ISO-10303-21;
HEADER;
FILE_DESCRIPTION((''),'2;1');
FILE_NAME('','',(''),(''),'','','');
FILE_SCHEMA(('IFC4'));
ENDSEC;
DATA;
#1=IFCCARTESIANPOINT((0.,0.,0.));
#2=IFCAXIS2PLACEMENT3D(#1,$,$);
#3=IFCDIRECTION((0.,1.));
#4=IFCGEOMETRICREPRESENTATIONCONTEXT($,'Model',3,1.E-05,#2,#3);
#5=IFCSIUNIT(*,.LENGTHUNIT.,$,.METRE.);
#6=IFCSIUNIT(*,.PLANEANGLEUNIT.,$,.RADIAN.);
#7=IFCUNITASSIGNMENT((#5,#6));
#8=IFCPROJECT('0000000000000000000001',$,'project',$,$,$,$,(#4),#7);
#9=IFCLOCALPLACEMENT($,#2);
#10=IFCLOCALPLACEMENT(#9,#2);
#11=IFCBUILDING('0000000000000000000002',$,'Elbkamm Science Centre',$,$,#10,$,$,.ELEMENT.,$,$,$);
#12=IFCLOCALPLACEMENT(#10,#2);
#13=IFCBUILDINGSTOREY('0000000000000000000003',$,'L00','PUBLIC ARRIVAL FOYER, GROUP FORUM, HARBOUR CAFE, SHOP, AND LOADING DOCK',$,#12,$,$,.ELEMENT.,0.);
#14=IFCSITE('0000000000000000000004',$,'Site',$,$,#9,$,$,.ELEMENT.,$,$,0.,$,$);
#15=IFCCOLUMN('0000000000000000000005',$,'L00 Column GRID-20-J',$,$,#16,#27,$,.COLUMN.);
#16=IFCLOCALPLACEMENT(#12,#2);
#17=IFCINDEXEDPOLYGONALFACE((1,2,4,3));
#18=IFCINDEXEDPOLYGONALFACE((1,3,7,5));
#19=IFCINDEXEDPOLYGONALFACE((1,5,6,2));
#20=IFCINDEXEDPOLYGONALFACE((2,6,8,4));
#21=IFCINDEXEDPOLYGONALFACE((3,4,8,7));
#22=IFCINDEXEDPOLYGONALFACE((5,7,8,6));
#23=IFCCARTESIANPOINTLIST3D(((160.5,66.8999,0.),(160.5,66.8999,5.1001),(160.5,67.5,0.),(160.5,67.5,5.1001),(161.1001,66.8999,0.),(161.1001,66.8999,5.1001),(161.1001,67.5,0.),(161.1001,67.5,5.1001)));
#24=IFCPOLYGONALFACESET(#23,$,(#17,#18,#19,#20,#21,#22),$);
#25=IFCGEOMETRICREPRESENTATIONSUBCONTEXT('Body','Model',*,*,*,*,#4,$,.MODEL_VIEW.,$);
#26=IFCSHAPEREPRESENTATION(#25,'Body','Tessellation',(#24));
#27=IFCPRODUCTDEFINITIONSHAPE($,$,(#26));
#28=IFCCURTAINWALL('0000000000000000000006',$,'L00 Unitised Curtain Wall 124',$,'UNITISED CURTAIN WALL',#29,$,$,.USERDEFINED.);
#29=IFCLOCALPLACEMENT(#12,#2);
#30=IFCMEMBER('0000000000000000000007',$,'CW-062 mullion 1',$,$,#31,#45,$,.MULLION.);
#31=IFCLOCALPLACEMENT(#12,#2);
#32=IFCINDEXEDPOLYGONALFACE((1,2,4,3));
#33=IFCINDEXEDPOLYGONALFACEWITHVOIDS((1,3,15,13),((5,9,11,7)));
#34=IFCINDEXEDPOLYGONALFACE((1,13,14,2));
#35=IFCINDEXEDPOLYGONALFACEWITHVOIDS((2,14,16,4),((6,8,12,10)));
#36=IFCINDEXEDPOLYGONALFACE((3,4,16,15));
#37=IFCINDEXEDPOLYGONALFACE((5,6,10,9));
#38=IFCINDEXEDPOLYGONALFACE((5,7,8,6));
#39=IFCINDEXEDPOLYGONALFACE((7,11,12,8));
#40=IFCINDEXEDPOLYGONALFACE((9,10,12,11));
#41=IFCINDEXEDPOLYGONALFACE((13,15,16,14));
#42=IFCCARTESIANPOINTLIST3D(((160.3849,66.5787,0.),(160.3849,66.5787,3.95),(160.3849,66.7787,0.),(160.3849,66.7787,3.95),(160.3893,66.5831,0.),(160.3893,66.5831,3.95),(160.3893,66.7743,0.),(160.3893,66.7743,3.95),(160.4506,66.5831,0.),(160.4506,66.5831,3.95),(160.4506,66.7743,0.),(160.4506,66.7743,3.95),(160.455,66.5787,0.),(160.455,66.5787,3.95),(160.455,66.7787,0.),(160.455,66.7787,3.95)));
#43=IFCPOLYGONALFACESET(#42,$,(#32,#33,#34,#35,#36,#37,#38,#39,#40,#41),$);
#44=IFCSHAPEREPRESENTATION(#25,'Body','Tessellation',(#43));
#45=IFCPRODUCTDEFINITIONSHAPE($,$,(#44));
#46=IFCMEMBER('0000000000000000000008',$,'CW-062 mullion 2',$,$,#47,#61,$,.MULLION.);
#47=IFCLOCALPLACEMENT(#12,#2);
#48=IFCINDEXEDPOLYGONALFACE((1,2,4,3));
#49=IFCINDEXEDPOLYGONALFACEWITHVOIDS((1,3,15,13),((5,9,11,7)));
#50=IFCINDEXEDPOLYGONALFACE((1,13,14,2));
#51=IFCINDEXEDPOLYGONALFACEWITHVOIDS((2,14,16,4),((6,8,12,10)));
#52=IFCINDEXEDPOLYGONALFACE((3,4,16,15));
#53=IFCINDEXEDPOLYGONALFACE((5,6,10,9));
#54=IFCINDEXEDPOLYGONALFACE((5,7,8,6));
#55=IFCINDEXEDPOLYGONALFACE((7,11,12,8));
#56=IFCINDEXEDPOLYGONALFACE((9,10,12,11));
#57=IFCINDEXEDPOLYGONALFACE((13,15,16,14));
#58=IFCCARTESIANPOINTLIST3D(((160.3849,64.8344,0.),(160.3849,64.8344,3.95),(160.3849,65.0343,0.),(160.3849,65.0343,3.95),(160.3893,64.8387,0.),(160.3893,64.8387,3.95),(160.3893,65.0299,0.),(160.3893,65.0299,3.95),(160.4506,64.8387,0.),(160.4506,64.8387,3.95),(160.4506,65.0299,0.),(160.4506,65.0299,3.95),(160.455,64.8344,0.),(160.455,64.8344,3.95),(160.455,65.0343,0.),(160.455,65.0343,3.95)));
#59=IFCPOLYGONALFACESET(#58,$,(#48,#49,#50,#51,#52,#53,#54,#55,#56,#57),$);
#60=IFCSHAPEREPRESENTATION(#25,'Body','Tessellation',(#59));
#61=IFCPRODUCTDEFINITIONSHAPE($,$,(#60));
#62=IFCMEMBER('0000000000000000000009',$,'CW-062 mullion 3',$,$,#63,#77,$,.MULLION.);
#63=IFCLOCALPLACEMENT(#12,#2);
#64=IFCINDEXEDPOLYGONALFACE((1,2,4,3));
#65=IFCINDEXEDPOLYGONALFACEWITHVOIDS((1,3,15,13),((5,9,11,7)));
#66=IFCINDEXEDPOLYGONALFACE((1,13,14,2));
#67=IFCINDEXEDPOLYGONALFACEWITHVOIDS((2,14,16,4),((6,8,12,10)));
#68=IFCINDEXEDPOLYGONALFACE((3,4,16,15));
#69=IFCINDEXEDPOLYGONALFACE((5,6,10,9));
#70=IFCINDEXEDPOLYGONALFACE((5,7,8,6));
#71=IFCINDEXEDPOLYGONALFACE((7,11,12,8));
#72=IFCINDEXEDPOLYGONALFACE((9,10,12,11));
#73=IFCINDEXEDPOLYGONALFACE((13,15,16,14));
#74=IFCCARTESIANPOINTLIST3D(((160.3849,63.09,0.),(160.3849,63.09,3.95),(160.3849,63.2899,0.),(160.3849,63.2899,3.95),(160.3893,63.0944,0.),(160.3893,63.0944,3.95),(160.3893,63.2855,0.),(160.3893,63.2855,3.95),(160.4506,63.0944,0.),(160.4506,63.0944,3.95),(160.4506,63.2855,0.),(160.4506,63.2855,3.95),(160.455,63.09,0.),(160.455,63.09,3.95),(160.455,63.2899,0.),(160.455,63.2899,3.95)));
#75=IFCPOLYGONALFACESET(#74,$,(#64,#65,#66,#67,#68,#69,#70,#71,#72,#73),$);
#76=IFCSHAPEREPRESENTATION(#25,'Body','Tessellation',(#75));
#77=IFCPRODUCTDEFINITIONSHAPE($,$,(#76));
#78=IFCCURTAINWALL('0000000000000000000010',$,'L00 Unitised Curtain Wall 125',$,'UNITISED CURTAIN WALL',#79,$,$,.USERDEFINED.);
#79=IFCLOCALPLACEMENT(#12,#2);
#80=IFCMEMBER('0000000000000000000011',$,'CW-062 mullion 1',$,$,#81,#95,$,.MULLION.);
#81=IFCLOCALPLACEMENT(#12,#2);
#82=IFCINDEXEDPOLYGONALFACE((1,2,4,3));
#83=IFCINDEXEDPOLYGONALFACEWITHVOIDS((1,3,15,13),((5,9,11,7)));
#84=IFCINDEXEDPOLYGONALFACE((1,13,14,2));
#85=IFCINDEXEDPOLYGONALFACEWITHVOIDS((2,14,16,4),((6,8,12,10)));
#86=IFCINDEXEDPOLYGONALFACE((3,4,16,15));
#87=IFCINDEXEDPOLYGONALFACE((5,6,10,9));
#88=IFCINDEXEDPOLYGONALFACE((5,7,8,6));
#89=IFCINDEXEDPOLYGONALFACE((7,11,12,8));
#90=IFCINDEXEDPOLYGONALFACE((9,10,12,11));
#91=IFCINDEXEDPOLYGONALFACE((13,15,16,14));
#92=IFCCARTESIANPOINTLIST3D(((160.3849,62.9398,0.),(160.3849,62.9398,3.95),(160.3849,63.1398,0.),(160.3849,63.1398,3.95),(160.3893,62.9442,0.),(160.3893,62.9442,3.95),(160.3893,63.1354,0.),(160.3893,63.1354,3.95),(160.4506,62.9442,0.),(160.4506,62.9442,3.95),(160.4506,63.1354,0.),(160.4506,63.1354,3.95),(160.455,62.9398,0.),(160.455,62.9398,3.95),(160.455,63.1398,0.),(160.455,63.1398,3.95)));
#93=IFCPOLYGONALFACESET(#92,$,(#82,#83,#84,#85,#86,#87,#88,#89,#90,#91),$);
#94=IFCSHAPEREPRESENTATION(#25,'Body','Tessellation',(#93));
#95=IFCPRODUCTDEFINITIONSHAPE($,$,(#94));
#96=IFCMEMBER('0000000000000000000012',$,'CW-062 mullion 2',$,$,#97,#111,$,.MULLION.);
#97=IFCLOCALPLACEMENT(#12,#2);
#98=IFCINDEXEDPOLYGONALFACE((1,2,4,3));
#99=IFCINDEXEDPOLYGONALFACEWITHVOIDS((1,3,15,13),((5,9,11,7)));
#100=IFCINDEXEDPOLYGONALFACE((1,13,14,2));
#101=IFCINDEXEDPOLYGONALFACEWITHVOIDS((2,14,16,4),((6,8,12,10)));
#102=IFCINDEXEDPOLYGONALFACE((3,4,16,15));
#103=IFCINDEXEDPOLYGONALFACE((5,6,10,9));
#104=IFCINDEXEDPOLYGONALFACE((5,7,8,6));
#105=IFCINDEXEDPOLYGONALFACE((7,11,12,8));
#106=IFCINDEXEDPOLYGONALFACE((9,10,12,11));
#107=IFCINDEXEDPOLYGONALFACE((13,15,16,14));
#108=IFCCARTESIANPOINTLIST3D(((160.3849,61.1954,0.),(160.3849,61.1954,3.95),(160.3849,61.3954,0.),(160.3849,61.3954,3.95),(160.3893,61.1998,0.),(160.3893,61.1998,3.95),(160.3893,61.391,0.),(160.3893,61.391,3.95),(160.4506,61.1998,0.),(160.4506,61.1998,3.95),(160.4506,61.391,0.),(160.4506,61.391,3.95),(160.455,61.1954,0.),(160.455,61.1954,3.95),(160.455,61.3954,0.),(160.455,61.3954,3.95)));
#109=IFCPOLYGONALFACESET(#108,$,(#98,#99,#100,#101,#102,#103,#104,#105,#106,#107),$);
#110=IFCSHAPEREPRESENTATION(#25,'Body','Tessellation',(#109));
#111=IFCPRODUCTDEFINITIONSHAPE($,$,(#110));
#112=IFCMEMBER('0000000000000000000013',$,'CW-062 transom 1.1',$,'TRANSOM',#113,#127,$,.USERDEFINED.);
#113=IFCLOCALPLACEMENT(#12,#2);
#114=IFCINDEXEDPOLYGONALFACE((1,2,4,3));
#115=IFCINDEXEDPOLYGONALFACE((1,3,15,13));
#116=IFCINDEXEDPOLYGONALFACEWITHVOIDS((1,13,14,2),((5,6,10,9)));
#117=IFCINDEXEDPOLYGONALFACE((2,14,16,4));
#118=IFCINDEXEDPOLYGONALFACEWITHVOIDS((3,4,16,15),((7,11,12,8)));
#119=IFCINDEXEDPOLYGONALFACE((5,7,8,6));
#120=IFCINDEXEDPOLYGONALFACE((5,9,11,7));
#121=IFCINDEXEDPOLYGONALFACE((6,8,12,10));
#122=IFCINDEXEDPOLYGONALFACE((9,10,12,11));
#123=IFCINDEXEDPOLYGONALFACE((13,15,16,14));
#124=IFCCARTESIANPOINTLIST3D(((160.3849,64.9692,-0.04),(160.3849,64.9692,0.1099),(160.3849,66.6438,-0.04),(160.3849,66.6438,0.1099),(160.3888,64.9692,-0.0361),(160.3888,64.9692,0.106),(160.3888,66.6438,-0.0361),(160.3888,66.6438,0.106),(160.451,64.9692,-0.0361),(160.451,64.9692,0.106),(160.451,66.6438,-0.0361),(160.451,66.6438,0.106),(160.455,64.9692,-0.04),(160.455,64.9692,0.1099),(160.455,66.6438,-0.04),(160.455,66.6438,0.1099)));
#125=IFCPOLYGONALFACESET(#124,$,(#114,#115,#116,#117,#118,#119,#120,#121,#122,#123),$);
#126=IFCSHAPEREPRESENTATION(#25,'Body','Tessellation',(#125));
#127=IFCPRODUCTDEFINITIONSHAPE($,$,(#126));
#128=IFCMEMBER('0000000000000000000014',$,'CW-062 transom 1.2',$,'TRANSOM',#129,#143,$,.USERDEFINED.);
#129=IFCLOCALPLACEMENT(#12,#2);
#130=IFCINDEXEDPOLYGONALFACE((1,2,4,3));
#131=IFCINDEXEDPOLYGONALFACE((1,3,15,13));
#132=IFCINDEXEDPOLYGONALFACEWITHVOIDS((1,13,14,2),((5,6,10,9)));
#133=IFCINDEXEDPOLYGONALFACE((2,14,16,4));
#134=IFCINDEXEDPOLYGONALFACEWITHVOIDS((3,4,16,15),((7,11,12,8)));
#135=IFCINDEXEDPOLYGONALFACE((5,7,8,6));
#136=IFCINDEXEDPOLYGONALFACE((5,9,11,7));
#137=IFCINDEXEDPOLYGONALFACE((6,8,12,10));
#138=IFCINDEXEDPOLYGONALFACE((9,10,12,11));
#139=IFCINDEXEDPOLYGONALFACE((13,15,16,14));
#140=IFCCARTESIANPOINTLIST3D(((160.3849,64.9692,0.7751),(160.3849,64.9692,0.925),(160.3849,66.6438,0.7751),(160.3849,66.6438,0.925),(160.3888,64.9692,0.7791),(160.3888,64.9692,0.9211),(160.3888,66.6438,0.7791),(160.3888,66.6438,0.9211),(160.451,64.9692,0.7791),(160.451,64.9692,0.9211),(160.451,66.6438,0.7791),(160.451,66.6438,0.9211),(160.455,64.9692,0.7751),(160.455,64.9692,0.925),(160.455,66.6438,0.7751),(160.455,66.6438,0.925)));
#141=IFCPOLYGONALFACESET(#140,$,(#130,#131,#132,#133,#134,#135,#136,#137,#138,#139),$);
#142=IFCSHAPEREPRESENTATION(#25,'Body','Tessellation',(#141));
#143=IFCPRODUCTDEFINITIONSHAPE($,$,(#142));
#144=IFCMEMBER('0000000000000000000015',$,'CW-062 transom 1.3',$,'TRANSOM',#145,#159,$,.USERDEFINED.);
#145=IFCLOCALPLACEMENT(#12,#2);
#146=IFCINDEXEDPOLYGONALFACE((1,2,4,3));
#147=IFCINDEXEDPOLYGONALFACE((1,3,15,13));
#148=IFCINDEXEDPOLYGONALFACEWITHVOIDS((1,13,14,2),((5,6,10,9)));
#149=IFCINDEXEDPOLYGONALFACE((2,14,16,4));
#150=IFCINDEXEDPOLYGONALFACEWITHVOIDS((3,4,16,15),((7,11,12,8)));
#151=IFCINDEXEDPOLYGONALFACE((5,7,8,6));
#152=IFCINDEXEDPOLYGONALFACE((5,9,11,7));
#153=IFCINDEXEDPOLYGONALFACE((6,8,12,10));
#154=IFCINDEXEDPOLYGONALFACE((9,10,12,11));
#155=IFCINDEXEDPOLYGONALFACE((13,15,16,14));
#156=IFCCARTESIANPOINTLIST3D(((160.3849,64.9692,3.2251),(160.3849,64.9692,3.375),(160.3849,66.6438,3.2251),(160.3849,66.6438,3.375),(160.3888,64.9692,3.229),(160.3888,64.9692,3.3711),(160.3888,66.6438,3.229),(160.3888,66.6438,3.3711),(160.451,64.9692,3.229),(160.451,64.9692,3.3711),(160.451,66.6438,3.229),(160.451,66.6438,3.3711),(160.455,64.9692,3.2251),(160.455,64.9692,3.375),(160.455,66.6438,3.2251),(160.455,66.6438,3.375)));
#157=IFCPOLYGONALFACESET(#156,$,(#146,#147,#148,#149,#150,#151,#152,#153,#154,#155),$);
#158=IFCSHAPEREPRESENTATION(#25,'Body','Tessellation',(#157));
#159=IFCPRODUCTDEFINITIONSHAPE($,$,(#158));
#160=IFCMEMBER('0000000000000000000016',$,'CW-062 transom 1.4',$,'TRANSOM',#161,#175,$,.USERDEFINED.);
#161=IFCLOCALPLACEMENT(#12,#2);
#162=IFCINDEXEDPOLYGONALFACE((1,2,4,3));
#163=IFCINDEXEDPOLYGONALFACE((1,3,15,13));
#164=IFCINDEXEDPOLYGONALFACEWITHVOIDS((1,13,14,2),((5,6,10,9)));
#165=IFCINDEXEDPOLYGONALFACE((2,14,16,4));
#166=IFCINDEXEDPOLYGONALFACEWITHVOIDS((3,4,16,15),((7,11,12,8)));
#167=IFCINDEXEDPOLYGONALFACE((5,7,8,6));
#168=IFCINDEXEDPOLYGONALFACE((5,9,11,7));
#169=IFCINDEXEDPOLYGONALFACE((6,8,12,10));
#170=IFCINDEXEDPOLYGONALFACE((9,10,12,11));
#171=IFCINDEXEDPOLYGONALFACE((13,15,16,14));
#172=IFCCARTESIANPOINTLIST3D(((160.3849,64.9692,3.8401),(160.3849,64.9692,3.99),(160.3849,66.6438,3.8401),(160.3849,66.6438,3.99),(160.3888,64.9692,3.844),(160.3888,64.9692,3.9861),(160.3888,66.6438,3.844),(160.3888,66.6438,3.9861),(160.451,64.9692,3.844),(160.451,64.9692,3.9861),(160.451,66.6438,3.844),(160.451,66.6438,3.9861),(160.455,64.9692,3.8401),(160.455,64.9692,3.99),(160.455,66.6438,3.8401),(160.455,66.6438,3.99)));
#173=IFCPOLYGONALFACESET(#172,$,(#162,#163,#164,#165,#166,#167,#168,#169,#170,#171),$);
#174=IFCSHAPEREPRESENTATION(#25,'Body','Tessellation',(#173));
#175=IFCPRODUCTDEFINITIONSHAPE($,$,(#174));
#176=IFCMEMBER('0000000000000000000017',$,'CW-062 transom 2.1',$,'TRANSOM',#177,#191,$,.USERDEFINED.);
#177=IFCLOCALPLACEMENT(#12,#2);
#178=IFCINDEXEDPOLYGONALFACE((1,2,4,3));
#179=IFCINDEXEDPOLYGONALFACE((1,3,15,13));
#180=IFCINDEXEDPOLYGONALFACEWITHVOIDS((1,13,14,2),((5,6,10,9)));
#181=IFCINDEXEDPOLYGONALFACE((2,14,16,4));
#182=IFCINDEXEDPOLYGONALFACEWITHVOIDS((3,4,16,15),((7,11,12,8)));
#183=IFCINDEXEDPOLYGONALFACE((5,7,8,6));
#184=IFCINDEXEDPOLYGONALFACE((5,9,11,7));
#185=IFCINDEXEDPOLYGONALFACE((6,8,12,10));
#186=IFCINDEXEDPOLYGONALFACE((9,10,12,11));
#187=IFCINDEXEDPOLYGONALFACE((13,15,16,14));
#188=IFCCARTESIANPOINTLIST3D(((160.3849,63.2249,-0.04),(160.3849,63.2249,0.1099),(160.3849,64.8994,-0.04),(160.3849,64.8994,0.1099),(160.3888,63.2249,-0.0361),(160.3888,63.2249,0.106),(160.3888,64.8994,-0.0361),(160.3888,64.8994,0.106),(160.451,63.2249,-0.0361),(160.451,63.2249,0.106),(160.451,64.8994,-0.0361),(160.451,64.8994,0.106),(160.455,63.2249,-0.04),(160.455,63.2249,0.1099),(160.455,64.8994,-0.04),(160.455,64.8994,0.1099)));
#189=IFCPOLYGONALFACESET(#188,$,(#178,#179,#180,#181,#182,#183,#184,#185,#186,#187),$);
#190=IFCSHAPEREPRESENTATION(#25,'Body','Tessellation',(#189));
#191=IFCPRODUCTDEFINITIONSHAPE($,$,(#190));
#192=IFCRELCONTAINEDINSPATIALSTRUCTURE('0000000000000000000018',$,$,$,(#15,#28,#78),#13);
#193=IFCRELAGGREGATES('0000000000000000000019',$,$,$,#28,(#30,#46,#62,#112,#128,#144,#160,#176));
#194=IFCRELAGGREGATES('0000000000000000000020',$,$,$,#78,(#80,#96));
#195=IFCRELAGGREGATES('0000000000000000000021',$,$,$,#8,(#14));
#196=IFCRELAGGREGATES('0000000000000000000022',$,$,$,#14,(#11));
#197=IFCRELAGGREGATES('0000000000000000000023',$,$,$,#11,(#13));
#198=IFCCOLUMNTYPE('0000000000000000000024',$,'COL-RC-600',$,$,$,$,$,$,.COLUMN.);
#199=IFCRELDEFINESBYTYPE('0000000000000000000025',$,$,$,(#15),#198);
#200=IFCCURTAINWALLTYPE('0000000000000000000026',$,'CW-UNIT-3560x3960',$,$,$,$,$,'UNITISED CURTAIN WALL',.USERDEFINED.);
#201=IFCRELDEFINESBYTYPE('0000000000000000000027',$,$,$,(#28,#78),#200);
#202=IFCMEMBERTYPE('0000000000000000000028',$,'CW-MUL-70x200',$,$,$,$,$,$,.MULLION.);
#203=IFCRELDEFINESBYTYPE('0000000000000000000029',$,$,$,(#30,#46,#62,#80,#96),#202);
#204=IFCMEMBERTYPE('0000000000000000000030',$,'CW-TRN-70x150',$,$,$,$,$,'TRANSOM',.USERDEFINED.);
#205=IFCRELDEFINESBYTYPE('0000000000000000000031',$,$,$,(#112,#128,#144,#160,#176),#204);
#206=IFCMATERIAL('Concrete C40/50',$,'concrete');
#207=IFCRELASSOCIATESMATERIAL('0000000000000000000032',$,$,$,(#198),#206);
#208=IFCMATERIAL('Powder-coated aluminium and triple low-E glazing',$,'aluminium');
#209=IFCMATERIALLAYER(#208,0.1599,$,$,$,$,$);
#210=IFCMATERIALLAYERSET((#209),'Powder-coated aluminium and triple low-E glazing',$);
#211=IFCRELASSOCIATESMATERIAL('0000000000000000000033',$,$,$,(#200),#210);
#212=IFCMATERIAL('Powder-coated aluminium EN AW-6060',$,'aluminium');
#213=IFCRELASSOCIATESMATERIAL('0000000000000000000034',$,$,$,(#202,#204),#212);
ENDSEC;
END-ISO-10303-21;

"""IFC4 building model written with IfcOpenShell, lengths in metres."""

from ifc_helpers import new_model, si_unit, direction, frame, origin, origin_2d, place, context, subcontext, project, spatial, rectangle, hollow_rectangle, extrude, material, layer, layer_set, material_profile, profile_set, type_object, element, aggregate, save


model = new_model("IFC4")

# Units and contexts
model_context = context("Model", 3, precision=1e-05, world=origin(), true_north=direction((0.0, 1.0)))
body_context = subcontext(model_context, "Body", "Model", "MODEL_VIEW")
ifc_project = project(units=[si_unit("LENGTHUNIT", "METRE"), si_unit("PLANEANGLEUNIT", "RADIAN")], contexts=[model_context])

# Site, building, storey
site_placement = place(None, origin())
site = spatial("IfcSite", under=ifc_project, at=site_placement, Name="Site", CompositionType="ELEMENT", RefElevation=0.0)
building_placement = place(site_placement, origin())
building = spatial("IfcBuilding", under=site, at=building_placement, Name="Elbkamm Science Centre", CompositionType="ELEMENT")
storey_placement = place(building_placement, origin())
storey = spatial("IfcBuildingStorey", under=building, at=storey_placement, Name="L00", Description="PUBLIC ARRIVAL FOYER, GROUP FORUM, HARBOUR CAFE, SHOP, AND LOADING DOCK", CompositionType="ELEMENT", Elevation=0.0)

# Column
ifc_material_1 = material(Name="Concrete C40/50", Category="concrete")
ifc_material_profile_1 = material_profile(ifc_material_1, rectangle(XDim=0.6001, YDim=0.6001, at=origin_2d()), Name="RC 600x600")
ifc_profile_set_1 = profile_set([ifc_material_profile_1], Name="Concrete C40/50")
column_type = type_object("IfcColumnType", Name="COL-RC-600", PredefinedType="COLUMN", material=ifc_profile_set_1)
column_placement = place(storey_placement, frame((160.8, 67.2, 0.0), z_axis=(0.0, 0.0, 1.0), x_axis=(1.0, 0.0, 0.0)))
element("IfcColumn", 1, at=column_placement, inside=storey, type_object=column_type, Name="L00 Column GRID-20-J", PredefinedType="COLUMN", context=body_context, shape_type="SweptSolid", body=[
    extrude(rectangle(XDim=0.6001, YDim=0.6001, at=origin_2d()), origin(), (0.0, 0.0, 1.0), 5.1001),
])

# Curtain walls, members
ifc_material_2 = material(Name="Powder-coated aluminium and triple low-E glazing", Category="aluminium")
ifc_layer_1 = layer(ifc_material_2, 0.1599)
ifc_layer_set_1 = layer_set([ifc_layer_1], Name="Powder-coated aluminium and triple low-E glazing")
curtain_wall_type = type_object("IfcCurtainWallType", Name="CW-UNIT-3560x3960", ElementType="UNITISED CURTAIN WALL", PredefinedType="USERDEFINED", material=ifc_layer_set_1)
curtain_wall_1_placement = place(storey_placement, origin())
curtain_wall_1 = element("IfcCurtainWall", 2, at=curtain_wall_1_placement, inside=storey, type_object=curtain_wall_type, Name="L00 Unitised Curtain Wall 124", ObjectType="UNITISED CURTAIN WALL", PredefinedType="USERDEFINED")
ifc_material_3 = material(Name="Powder-coated aluminium EN AW-6060", Category="aluminium")
ifc_material_profile_2 = material_profile(ifc_material_3, hollow_rectangle(XDim=0.0701, YDim=0.2, WallThickness=0.0044, at=origin_2d()), Name="ALU M70x200")
ifc_profile_set_2 = profile_set([ifc_material_profile_2], Name="Powder-coated aluminium EN AW-6060")
member_type_1 = type_object("IfcMemberType", Name="CW-MUL-70x200", PredefinedType="MULLION", material=ifc_profile_set_2)
member_1_placement = place(storey_placement, frame((160.4199, 66.6787, 0.0), z_axis=(0.0, 0.0, 1.0), x_axis=(1.0, 0.0, 0.0)))
member_1 = element("IfcMember", 3, at=member_1_placement, type_object=member_type_1, Name="CW-062 mullion 1", PredefinedType="MULLION", context=body_context, shape_type="SweptSolid", body=[
    extrude(hollow_rectangle(XDim=0.0701, YDim=0.2, WallThickness=0.0044, at=origin_2d()), origin(), (0.0, 0.0, 1.0), 3.95),
])
member_2_placement = place(storey_placement, frame((160.4199, 64.9343, 0.0), z_axis=(0.0, 0.0, 1.0), x_axis=(1.0, 0.0, 0.0)))
member_2 = element("IfcMember", 4, at=member_2_placement, type_object=member_type_1, Name="CW-062 mullion 2", PredefinedType="MULLION", context=body_context, shape_type="SweptSolid", body=[
    extrude(hollow_rectangle(XDim=0.0701, YDim=0.2, WallThickness=0.0044, at=origin_2d()), origin(), (0.0, 0.0, 1.0), 3.95),
])
member_3_placement = place(storey_placement, frame((160.4199, 63.1899, 0.0), z_axis=(0.0, 0.0, 1.0), x_axis=(1.0, 0.0, 0.0)))
member_3 = element("IfcMember", 5, at=member_3_placement, type_object=member_type_1, Name="CW-062 mullion 3", PredefinedType="MULLION", context=body_context, shape_type="SweptSolid", body=[
    extrude(hollow_rectangle(XDim=0.0701, YDim=0.2, WallThickness=0.0044, at=origin_2d()), origin(), (0.0, 0.0, 1.0), 3.95),
])
curtain_wall_2_placement = place(storey_placement, origin())
curtain_wall_2 = element("IfcCurtainWall", 6, at=curtain_wall_2_placement, inside=storey, type_object=curtain_wall_type, Name="L00 Unitised Curtain Wall 125", ObjectType="UNITISED CURTAIN WALL", PredefinedType="USERDEFINED")
member_4_placement = place(storey_placement, frame((160.4199, 63.0398, 0.0), z_axis=(0.0, 0.0, 1.0), x_axis=(1.0, 0.0, 0.0)))
member_4 = element("IfcMember", 7, at=member_4_placement, type_object=member_type_1, Name="CW-062 mullion 1", PredefinedType="MULLION", context=body_context, shape_type="SweptSolid", body=[
    extrude(hollow_rectangle(XDim=0.0701, YDim=0.2, WallThickness=0.0044, at=origin_2d()), origin(), (0.0, 0.0, 1.0), 3.95),
])
member_5_placement = place(storey_placement, frame((160.4199, 61.2954, 0.0), z_axis=(0.0, 0.0, 1.0), x_axis=(1.0, 0.0, 0.0)))
member_5 = element("IfcMember", 8, at=member_5_placement, type_object=member_type_1, Name="CW-062 mullion 2", PredefinedType="MULLION", context=body_context, shape_type="SweptSolid", body=[
    extrude(hollow_rectangle(XDim=0.0701, YDim=0.2, WallThickness=0.0044, at=origin_2d()), origin(), (0.0, 0.0, 1.0), 3.95),
])

# Members
ifc_material_profile_3 = material_profile(ifc_material_3, hollow_rectangle(XDim=0.0701, YDim=0.1499, WallThickness=0.0039, at=origin_2d()), Name="ALU T70x150")
ifc_profile_set_3 = profile_set([ifc_material_profile_3], Name="Powder-coated aluminium EN AW-6060")
member_type_2 = type_object("IfcMemberType", Name="CW-TRN-70x150", ElementType="TRANSOM", PredefinedType="USERDEFINED", material=ifc_profile_set_3)
member_6_placement = place(storey_placement, frame((160.4199, 66.6438, 0.0349), z_axis=(0.0, -1.0, 0.0), x_axis=(1.0, 0.0, 0.0)))
member_6 = element("IfcMember", 9, at=member_6_placement, type_object=member_type_2, Name="CW-062 transom 1.1", ObjectType="TRANSOM", PredefinedType="USERDEFINED", context=body_context, shape_type="SweptSolid", body=[
    extrude(hollow_rectangle(XDim=0.0701, YDim=0.1499, WallThickness=0.0039, at=origin_2d()), origin(), (0.0, 0.0, 1.0), 1.6746),
])
member_7_placement = place(storey_placement, frame((160.4199, 66.6438, 0.8501), z_axis=(0.0, -1.0, 0.0), x_axis=(1.0, 0.0, 0.0)))
member_7 = element("IfcMember", 10, at=member_7_placement, type_object=member_type_2, Name="CW-062 transom 1.2", ObjectType="TRANSOM", PredefinedType="USERDEFINED", context=body_context, shape_type="SweptSolid", body=[
    extrude(hollow_rectangle(XDim=0.0701, YDim=0.1499, WallThickness=0.0039, at=origin_2d()), origin(), (0.0, 0.0, 1.0), 1.6746),
])
member_8_placement = place(storey_placement, frame((160.4199, 66.6438, 3.3), z_axis=(0.0, -1.0, 0.0), x_axis=(1.0, 0.0, 0.0)))
member_8 = element("IfcMember", 11, at=member_8_placement, type_object=member_type_2, Name="CW-062 transom 1.3", ObjectType="TRANSOM", PredefinedType="USERDEFINED", context=body_context, shape_type="SweptSolid", body=[
    extrude(hollow_rectangle(XDim=0.0701, YDim=0.1499, WallThickness=0.0039, at=origin_2d()), origin(), (0.0, 0.0, 1.0), 1.6746),
])
member_9_placement = place(storey_placement, frame((160.4199, 66.6438, 3.915), z_axis=(0.0, -1.0, 0.0), x_axis=(1.0, 0.0, 0.0)))
member_9 = element("IfcMember", 12, at=member_9_placement, type_object=member_type_2, Name="CW-062 transom 1.4", ObjectType="TRANSOM", PredefinedType="USERDEFINED", context=body_context, shape_type="SweptSolid", body=[
    extrude(hollow_rectangle(XDim=0.0701, YDim=0.1499, WallThickness=0.0039, at=origin_2d()), origin(), (0.0, 0.0, 1.0), 1.6746),
])
member_10_placement = place(storey_placement, frame((160.4199, 64.8994, 0.0349), z_axis=(0.0, -1.0, 0.0), x_axis=(1.0, 0.0, 0.0)))
member_10 = element("IfcMember", 13, at=member_10_placement, type_object=member_type_2, Name="CW-062 transom 2.1", ObjectType="TRANSOM", PredefinedType="USERDEFINED", context=body_context, shape_type="SweptSolid", body=[
    extrude(hollow_rectangle(XDim=0.0701, YDim=0.1499, WallThickness=0.0039, at=origin_2d()), origin(), (0.0, 0.0, 1.0), 1.6746),
])

aggregate(curtain_wall_1, [member_1, member_2, member_3, member_6, member_7, member_8, member_9, member_10])
aggregate(curtain_wall_2, [member_4, member_5])

save(model, "model.ifc")
